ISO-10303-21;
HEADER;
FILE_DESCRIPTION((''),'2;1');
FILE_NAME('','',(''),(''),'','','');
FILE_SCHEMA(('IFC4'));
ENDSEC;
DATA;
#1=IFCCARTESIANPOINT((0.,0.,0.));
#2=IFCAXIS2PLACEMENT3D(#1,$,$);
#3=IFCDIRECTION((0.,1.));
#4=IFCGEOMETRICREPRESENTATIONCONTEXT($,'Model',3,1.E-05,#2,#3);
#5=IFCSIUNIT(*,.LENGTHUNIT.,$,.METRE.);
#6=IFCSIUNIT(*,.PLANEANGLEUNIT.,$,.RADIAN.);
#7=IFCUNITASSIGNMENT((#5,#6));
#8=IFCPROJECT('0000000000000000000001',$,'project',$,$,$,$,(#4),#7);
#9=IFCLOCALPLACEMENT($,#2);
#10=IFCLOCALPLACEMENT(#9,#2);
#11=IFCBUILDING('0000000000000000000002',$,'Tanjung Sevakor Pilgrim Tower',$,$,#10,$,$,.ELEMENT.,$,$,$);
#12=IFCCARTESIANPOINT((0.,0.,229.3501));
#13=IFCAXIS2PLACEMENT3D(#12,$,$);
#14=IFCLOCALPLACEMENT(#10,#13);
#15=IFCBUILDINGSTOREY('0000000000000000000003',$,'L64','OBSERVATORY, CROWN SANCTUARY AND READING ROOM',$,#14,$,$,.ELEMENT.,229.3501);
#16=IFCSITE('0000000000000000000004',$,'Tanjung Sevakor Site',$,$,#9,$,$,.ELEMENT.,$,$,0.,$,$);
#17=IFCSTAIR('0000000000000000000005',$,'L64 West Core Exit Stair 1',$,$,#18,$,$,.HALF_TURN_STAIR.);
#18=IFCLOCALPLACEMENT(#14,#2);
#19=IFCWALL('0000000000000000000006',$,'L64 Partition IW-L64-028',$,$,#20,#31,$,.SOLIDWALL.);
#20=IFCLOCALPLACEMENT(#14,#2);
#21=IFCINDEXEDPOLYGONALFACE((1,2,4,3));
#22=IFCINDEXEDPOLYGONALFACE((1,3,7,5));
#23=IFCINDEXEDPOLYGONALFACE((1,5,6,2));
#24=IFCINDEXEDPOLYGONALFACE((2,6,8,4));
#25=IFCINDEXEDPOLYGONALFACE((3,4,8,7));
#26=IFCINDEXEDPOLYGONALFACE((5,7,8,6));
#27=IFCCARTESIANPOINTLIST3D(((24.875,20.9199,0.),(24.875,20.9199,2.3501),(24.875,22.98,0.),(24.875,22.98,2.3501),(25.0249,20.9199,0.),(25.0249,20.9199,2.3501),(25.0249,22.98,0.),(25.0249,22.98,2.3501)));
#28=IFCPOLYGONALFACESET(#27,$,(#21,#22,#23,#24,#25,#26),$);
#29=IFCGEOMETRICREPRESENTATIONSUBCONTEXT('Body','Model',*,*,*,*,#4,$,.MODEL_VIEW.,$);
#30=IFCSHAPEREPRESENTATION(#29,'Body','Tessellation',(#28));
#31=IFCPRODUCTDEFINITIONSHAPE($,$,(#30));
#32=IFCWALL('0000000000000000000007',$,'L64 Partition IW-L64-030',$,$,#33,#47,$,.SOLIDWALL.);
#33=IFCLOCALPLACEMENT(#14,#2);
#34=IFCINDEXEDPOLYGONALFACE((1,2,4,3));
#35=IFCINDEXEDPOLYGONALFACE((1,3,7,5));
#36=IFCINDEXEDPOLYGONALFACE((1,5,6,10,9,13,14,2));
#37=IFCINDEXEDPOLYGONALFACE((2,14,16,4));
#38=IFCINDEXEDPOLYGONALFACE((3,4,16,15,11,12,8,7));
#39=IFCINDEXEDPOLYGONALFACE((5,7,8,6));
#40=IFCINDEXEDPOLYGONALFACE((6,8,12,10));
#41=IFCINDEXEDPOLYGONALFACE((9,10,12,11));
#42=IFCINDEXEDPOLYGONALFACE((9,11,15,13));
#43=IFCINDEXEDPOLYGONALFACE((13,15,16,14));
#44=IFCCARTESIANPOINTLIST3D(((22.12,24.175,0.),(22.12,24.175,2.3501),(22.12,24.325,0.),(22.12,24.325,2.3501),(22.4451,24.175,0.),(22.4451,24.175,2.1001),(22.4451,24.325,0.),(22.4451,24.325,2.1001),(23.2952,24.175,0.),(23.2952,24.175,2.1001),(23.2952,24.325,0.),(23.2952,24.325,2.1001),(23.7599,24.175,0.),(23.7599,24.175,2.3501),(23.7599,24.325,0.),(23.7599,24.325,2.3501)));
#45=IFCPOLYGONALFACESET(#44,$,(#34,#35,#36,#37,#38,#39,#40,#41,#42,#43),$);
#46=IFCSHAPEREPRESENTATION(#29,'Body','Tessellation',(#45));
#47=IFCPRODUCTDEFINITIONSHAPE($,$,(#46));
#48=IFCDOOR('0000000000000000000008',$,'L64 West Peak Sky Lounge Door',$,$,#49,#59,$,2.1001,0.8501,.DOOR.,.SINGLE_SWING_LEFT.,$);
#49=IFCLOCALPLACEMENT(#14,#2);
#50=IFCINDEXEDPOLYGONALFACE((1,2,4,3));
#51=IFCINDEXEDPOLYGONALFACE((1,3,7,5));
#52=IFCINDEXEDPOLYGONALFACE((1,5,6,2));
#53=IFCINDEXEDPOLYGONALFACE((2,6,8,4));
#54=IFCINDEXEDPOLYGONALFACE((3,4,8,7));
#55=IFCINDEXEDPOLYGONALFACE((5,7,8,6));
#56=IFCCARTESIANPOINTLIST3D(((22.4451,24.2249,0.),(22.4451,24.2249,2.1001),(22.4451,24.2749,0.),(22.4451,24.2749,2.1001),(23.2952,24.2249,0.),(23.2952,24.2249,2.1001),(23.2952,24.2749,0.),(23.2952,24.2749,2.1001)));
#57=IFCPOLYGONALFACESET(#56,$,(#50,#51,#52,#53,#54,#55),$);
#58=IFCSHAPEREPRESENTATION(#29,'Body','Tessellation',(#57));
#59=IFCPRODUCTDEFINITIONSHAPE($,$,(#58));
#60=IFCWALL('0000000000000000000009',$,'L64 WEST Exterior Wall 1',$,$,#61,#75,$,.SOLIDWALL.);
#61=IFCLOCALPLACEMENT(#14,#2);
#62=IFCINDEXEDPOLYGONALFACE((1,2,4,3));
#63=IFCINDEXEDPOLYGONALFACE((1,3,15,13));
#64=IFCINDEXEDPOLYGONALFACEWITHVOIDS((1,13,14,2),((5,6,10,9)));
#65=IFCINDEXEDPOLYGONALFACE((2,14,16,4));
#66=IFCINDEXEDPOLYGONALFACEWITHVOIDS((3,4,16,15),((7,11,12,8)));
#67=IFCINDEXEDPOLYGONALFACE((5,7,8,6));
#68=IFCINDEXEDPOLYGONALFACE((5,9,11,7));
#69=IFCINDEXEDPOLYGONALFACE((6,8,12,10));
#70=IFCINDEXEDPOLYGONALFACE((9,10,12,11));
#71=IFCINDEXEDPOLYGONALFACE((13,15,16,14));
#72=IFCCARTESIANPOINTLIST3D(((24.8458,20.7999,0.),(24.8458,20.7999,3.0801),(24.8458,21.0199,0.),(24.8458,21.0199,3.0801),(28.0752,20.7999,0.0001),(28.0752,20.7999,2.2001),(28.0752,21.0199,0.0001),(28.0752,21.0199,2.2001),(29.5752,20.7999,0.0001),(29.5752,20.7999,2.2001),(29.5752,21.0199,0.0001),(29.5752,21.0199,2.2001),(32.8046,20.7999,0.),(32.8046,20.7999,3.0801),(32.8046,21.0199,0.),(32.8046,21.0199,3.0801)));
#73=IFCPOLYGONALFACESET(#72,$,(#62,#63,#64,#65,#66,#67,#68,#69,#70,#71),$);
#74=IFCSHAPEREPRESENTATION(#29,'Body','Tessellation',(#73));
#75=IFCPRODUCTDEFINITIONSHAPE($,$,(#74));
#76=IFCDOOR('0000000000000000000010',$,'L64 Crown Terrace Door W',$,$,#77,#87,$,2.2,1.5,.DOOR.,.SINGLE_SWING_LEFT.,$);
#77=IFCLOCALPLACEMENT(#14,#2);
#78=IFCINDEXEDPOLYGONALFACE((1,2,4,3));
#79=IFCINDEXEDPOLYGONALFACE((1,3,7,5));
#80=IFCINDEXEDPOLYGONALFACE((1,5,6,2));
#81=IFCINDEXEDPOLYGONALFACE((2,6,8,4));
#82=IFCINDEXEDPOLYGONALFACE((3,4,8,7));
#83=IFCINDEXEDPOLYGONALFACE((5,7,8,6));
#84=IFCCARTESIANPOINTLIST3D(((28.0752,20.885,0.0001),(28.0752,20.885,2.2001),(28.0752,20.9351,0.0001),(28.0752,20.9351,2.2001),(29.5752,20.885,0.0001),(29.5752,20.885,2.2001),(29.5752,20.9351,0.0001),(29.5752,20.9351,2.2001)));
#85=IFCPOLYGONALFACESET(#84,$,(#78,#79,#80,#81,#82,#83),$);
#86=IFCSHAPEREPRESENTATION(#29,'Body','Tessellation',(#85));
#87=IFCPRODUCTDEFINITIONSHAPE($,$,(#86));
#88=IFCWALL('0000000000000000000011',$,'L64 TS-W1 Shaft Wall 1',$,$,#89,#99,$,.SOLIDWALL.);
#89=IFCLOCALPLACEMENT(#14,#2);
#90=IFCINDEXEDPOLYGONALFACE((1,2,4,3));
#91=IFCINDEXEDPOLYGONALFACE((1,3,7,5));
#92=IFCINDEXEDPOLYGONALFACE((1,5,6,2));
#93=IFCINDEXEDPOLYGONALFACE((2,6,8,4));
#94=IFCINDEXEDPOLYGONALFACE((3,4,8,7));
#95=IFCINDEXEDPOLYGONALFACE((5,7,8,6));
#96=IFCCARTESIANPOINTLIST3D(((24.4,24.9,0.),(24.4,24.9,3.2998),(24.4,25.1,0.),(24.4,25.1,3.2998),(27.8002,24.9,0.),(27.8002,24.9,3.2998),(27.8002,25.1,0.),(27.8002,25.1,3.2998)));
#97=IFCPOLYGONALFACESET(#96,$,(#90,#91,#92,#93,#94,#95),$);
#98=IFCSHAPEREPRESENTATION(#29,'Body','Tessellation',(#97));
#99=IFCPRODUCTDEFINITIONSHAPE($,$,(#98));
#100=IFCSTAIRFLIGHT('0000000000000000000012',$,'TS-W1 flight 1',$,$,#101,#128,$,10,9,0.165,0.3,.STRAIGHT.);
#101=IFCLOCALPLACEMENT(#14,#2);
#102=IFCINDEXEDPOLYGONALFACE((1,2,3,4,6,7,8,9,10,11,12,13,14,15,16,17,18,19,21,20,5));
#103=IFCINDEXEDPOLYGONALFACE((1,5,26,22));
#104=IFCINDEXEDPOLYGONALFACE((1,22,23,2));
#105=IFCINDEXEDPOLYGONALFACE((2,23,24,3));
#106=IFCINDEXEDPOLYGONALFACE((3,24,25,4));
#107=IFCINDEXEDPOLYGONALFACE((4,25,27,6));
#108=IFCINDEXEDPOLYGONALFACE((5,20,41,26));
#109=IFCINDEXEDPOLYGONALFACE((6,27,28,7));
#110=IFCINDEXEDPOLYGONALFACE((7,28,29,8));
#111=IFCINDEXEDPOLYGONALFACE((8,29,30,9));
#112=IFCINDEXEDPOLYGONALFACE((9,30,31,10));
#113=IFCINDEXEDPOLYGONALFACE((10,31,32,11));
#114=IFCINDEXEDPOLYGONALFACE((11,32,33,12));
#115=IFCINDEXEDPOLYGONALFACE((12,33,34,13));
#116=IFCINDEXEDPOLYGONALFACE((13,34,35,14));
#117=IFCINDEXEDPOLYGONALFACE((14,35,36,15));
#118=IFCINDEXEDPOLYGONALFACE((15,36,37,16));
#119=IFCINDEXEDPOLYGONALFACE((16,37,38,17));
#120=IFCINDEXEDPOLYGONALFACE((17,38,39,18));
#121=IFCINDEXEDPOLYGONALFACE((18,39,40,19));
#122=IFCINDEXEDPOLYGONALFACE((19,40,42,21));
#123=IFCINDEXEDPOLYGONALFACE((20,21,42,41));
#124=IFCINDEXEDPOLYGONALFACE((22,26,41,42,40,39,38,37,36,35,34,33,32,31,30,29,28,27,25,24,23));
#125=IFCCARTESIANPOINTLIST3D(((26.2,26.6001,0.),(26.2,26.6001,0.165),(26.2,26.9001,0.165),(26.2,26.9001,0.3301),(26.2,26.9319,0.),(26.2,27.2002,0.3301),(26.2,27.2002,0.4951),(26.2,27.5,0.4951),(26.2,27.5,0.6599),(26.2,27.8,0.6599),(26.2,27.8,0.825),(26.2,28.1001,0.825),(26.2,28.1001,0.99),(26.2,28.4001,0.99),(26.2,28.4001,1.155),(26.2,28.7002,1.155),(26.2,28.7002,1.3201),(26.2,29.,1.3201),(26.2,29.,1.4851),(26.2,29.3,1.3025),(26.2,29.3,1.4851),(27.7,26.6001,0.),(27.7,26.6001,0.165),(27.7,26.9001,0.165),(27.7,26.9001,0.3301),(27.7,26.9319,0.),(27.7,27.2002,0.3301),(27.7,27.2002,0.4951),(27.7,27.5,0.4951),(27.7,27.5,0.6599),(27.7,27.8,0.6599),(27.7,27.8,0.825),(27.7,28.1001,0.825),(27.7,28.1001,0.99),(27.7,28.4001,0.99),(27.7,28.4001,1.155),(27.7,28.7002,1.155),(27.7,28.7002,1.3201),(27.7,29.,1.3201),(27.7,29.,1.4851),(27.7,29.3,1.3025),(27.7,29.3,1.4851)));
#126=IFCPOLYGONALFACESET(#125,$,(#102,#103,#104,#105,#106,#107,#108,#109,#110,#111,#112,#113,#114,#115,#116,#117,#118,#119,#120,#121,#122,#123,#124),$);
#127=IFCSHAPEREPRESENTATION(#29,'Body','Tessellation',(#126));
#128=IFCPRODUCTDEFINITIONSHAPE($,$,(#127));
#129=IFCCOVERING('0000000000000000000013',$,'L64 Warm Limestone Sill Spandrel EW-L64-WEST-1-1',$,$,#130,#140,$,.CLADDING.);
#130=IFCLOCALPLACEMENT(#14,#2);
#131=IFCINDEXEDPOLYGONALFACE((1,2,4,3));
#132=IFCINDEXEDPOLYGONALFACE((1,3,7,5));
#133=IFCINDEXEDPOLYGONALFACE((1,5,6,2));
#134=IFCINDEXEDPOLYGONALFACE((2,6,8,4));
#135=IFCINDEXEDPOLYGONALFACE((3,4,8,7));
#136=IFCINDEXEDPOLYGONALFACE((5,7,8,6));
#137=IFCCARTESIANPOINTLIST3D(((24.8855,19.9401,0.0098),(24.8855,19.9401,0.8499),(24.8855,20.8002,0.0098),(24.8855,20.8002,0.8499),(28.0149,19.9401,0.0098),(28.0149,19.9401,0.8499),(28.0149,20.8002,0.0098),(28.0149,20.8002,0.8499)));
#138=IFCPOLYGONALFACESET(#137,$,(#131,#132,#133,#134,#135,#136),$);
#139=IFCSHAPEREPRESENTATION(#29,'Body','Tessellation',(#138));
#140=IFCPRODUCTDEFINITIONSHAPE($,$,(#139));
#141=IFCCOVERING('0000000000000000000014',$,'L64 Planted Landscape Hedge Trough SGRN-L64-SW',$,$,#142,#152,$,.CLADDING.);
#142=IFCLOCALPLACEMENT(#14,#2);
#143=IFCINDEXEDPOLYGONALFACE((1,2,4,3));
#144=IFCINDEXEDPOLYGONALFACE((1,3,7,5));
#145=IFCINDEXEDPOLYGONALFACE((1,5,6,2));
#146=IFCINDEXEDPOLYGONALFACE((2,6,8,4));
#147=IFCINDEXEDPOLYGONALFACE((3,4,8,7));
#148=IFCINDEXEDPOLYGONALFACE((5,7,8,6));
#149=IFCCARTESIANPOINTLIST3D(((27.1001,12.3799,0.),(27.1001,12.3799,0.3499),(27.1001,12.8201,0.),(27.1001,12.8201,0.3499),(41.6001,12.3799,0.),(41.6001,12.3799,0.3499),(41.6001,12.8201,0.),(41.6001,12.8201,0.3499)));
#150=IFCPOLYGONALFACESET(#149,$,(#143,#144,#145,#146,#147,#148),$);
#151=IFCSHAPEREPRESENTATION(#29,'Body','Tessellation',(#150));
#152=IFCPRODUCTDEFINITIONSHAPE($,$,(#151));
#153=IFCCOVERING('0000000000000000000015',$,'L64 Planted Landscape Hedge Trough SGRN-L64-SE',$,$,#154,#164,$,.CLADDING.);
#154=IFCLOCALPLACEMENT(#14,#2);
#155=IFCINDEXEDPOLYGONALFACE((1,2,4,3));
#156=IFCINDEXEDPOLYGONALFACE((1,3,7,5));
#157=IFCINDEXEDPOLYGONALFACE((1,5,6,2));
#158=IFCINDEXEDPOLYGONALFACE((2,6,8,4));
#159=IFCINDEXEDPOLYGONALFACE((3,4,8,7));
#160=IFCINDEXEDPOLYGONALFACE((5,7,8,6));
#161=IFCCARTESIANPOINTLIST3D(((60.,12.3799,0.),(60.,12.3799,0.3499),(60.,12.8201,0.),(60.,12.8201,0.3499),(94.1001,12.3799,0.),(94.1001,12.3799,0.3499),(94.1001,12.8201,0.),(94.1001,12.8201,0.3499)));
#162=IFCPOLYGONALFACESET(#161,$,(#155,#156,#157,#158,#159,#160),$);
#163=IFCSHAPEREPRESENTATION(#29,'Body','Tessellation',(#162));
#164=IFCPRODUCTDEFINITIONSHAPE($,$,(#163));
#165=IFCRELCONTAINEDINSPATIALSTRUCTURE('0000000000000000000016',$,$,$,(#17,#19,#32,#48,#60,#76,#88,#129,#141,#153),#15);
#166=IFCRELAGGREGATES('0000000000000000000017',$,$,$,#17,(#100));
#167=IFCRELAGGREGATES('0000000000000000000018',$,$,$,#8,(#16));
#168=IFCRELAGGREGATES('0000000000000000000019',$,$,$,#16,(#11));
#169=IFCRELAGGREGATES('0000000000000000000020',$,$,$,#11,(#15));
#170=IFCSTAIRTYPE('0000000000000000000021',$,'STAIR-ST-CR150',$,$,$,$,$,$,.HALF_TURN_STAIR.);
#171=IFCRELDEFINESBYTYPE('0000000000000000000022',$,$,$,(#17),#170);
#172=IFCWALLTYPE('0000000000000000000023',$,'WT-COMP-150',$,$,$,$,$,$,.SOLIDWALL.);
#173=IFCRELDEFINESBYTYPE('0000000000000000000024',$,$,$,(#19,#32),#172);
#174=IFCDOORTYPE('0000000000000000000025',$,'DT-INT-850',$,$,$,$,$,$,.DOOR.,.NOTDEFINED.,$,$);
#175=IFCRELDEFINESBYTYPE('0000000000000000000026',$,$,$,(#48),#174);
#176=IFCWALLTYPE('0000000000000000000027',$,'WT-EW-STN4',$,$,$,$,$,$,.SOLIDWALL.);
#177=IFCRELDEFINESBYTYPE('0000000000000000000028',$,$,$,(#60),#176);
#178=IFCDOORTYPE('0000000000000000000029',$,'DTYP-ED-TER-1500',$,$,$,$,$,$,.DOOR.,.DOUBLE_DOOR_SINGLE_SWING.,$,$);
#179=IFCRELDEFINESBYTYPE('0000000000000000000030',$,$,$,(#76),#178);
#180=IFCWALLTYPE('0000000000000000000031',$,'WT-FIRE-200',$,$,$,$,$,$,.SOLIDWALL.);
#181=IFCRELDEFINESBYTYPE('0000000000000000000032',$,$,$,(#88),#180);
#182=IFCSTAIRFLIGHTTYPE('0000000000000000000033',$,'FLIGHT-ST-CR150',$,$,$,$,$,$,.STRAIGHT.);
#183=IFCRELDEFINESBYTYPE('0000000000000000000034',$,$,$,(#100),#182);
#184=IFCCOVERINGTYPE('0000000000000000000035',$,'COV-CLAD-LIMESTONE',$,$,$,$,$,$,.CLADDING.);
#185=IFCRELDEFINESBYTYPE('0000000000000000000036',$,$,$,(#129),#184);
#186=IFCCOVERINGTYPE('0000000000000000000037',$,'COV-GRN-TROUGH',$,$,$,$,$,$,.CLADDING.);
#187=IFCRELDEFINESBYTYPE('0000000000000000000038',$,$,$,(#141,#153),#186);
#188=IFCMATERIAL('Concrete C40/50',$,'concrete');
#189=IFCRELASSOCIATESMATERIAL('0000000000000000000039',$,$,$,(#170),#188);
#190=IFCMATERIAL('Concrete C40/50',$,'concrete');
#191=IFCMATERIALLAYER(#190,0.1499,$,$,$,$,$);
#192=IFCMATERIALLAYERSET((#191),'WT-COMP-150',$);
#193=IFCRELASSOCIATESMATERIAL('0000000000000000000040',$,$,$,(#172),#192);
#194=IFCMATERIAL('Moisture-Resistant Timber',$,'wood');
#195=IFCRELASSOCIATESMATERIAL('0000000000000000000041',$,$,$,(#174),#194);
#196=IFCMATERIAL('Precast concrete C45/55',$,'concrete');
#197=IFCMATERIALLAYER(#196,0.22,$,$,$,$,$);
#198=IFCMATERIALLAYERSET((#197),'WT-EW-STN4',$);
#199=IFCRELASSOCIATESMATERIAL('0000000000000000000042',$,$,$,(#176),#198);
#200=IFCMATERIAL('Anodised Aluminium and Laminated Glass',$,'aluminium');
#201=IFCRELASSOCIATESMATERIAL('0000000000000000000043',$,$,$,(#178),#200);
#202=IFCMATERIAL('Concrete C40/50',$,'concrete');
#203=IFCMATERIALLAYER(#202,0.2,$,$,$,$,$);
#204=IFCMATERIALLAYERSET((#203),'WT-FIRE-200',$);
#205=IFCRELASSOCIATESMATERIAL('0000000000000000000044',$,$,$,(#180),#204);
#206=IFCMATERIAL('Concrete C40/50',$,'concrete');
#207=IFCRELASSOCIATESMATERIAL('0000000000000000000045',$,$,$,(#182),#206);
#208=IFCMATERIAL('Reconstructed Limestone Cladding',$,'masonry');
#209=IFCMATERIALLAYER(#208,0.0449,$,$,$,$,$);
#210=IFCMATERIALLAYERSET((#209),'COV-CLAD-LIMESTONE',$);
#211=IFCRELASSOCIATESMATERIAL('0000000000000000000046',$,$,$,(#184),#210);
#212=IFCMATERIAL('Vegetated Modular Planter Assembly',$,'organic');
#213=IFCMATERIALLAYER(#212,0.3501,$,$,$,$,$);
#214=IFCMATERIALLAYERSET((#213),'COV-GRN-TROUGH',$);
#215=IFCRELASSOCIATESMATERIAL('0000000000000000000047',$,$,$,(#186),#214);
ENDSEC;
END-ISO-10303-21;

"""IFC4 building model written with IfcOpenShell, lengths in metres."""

from ifc_helpers import new_model, si_unit, direction, frame, frame_2d, origin, origin_2d, place, context, subcontext, project, spatial, polyline, rectangle, outline, extrude, material, layer, layer_set, type_object, element, fill, aggregate, save


model = new_model("IFC4")

# Units and contexts
model_context = context("Model", 3, precision=1e-05, world=origin(), true_north=direction((0.0, 1.0)))
body_context = subcontext(model_context, "Body", "Model", "MODEL_VIEW")
ifc_project = project(units=[si_unit("LENGTHUNIT", "METRE"), si_unit("PLANEANGLEUNIT", "RADIAN")], contexts=[model_context])

# Site, building, storey
site_placement = place(None, origin())
site = spatial("IfcSite", under=ifc_project, at=site_placement, Name="Tanjung Sevakor Site", CompositionType="ELEMENT", RefElevation=0.0)
building_placement = place(site_placement, origin())
building = spatial("IfcBuilding", under=site, at=building_placement, Name="Tanjung Sevakor Pilgrim Tower", CompositionType="ELEMENT")
storey_placement = place(building_placement, frame((0.0, 0.0, 229.3501)))
storey = spatial("IfcBuildingStorey", under=building, at=storey_placement, Name="L64", Description="OBSERVATORY, CROWN SANCTUARY AND READING ROOM", CompositionType="ELEMENT", Elevation=229.3501)

# Stair
ifc_material_1 = material(Name="Concrete C40/50", Category="concrete")
stair_type = type_object("IfcStairType", Name="STAIR-ST-CR150", PredefinedType="HALF_TURN_STAIR", material=ifc_material_1)
stair_1_placement = place(storey_placement, origin())
stair_1 = element("IfcStair", 1, at=stair_1_placement, inside=storey, type_object=stair_type, Name="L64 West Core Exit Stair 1", PredefinedType="HALF_TURN_STAIR")

# Shared definitions
ifc_material_2 = material(Name="Concrete C40/50", Category="concrete")
ifc_layer_1 = layer(ifc_material_2, 0.1499)
ifc_layer_set_1 = layer_set([ifc_layer_1], Name="WT-COMP-150")
wall_type_1 = type_object("IfcWallType", Name="WT-COMP-150", PredefinedType="SOLIDWALL", material=ifc_layer_set_1)
ifc_material_3 = material(Name="Moisture-Resistant Timber", Category="wood")
door_type_1 = type_object("IfcDoorType", Name="DT-INT-850", OperationType="NOTDEFINED", PredefinedType="DOOR", material=ifc_material_3)

# Wall
wall_1_placement = place(storey_placement, frame((24.95, 20.9199, 0.0), z_axis=(0.0, 0.0, 1.0), x_axis=(0.0, 1.0, 0.0)))
element("IfcWall", 2, at=wall_1_placement, inside=storey, type_object=wall_type_1, Name="L64 Partition IW-L64-028", PredefinedType="SOLIDWALL", context=body_context, shape_type="SweptSolid", body=[
    extrude(rectangle(XDim=2.0601, YDim=0.1499, at=frame_2d((1.03, 0.0))), origin(), (0.0, 0.0, 1.0), 2.3501),
])

# Walls, openings, doors
wall_2_placement = place(storey_placement, frame((22.1201, 24.25, 0.0), z_axis=(0.0, 0.0, 1.0), x_axis=(1.0, 0.0, 0.0)))
wall_2 = element("IfcWall", 3, at=wall_2_placement, inside=storey, type_object=wall_type_1, Name="L64 Partition IW-L64-030", PredefinedType="SOLIDWALL", context=body_context, shape_type="SweptSolid", body=[
    extrude(rectangle(XDim=1.6399, YDim=0.1499, at=frame_2d((0.8198, 0.0))), origin(), (0.0, 0.0, 1.0), 2.3501),
])
opening_1_placement = place(wall_2_placement, frame((0.325, 0.0, 0.0)))
opening_1 = element("IfcOpeningElement", 4, at=opening_1_placement, cuts=wall_2, PredefinedType="OPENING", context=body_context, shape_type="SweptSolid", body=[
    extrude(rectangle(XDim=0.8501, YDim=2.1001, at=frame_2d((0.425, 1.05))), frame((0.0, 0.085, 0.0), z_axis=(0.0, -1.0, 0.0), x_axis=(1.0, 0.0, 0.0)), (0.0, 0.0, 1.0), 0.1699),
])
door_1_placement = place(opening_1_placement, origin())
door_1 = element("IfcDoor", 5, at=door_1_placement, inside=storey, type_object=door_type_1, Name="L64 West Peak Sky Lounge Door", OperationType="SINGLE_SWING_LEFT", OverallHeight=2.1001, OverallWidth=0.8501, PredefinedType="DOOR", context=body_context, shape_type="SweptSolid", body=[
    extrude(rectangle(XDim=0.8501, YDim=2.1001, at=frame_2d((0.425, 1.05))), frame((0.0, 0.0249, 0.0), z_axis=(0.0, -1.0, 0.0), x_axis=(1.0, 0.0, 0.0)), (0.0, 0.0, 1.0), 0.05),
])
fill(opening_1, door_1)
ifc_material_4 = material(Name="Precast concrete C45/55", Category="concrete")
ifc_layer_2 = layer(ifc_material_4, 0.22)
ifc_layer_set_2 = layer_set([ifc_layer_2], Name="WT-EW-STN4")
wall_type_2 = type_object("IfcWallType", Name="WT-EW-STN4", PredefinedType="SOLIDWALL", material=ifc_layer_set_2)
wall_3_placement = place(storey_placement, frame((24.8457, 20.9099, 0.0), z_axis=(0.0, 0.0, 1.0), x_axis=(1.0, 0.0, 0.0)))
wall_3 = element("IfcWall", 6, at=wall_3_placement, inside=storey, type_object=wall_type_2, Name="L64 WEST Exterior Wall 1", PredefinedType="SOLIDWALL", context=body_context, shape_type="SweptSolid", body=[
    extrude(rectangle(XDim=7.9587, YDim=0.22, at=frame_2d((3.9795, 0.0))), origin(), (0.0, 0.0, 1.0), 3.0801),
])
opening_2_placement = place(wall_3_placement, frame((3.2295, 0.0, 0.0)))
opening_2 = element("IfcOpeningElement", 7, at=opening_2_placement, cuts=wall_3, PredefinedType="OPENING", context=body_context, shape_type="SweptSolid", body=[
    extrude(rectangle(XDim=1.5, YDim=2.2, at=frame_2d((0.75, 1.1001))), frame((0.0, 0.1199, 0.0), z_axis=(0.0, -1.0, 0.0), x_axis=(1.0, 0.0, 0.0)), (0.0, 0.0, 1.0), 0.24),
])
ifc_material_5 = material(Name="Anodised Aluminium and Laminated Glass", Category="aluminium")
door_type_2 = type_object("IfcDoorType", Name="DTYP-ED-TER-1500", OperationType="DOUBLE_DOOR_SINGLE_SWING", PredefinedType="DOOR", material=ifc_material_5)
door_2_placement = place(opening_2_placement, frame((1.5, 0.0, 0.0), z_axis=(0.0, 0.0, 1.0), x_axis=(-1.0, 0.0, 0.0)))
door_2 = element("IfcDoor", 8, at=door_2_placement, inside=storey, type_object=door_type_2, Name="L64 Crown Terrace Door W", OperationType="SINGLE_SWING_LEFT", OverallHeight=2.2, OverallWidth=1.5, PredefinedType="DOOR", context=body_context, shape_type="SweptSolid", body=[
    extrude(rectangle(XDim=1.5, YDim=2.2, at=frame_2d((0.75, 1.1001))), frame((0.0, 0.0249, 0.0), z_axis=(0.0, -1.0, 0.0), x_axis=(1.0, 0.0, 0.0)), (0.0, 0.0, 1.0), 0.05),
])
fill(opening_2, door_2)

# Wall
ifc_material_6 = material(Name="Concrete C40/50", Category="concrete")
ifc_layer_3 = layer(ifc_material_6, 0.2)
ifc_layer_set_3 = layer_set([ifc_layer_3], Name="WT-FIRE-200")
wall_type_3 = type_object("IfcWallType", Name="WT-FIRE-200", PredefinedType="SOLIDWALL", material=ifc_layer_set_3)
wall_4_placement = place(storey_placement, frame((24.3999, 25.0, 0.0), z_axis=(0.0, 0.0, 1.0), x_axis=(1.0, 0.0, 0.0)))
element("IfcWall", 9, at=wall_4_placement, inside=storey, type_object=wall_type_3, Name="L64 TS-W1 Shaft Wall 1", PredefinedType="SOLIDWALL", context=body_context, shape_type="SweptSolid", body=[
    extrude(rectangle(XDim=3.4001, YDim=0.2, at=frame_2d((1.7002, 0.0))), origin(), (0.0, 0.0, 1.0), 3.2998),
])

# Stair flight
ifc_material_7 = material(Name="Concrete C40/50", Category="concrete")
stair_flight_type = type_object("IfcStairFlightType", Name="FLIGHT-ST-CR150", PredefinedType="STRAIGHT", material=ifc_material_7)
stair_flight_placement = place(storey_placement, frame((26.95, 26.6001, 0.0), z_axis=(0.0, 0.0, 1.0), x_axis=(0.0, 1.0, 0.0)))
stair_flight = element("IfcStairFlight", 10, at=stair_flight_placement, type_object=stair_flight_type, Name="TS-W1 flight 1", NumberOfRisers=10, NumberOfTreads=9, PredefinedType="STRAIGHT", RiserHeight=0.165, TreadLength=0.3, context=body_context, shape_type="SweptSolid", body=[
    extrude(outline(polyline([(0.0, 0.0), (0.0, 0.165), (0.3, 0.165), (0.3, 0.3301), (0.6001, 0.3301), (0.6001, 0.4951), (0.8999, 0.4951), (0.8999, 0.6599), (1.2, 0.6599), (1.2, 0.825), (1.5, 0.825), (1.5, 0.99), (1.8, 0.99), (1.8, 1.155), (2.1001, 1.155), (2.1001, 1.3201), (2.3999, 1.3201), (2.3999, 1.4851), (2.7, 1.4851), (2.7, 1.6499), (2.7, 1.3025), (0.3318, 0.0), (0.0, 0.0)])), frame((0.0, 0.75, 0.0), z_axis=(0.0, -1.0, 0.0), x_axis=(1.0, 0.0, 0.0)), (0.0, 0.0, 1.0), 1.5),
])
aggregate(stair_1, [stair_flight])

# Coverings
ifc_material_8 = material(Name="Reconstructed Limestone Cladding", Category="masonry")
ifc_layer_4 = layer(ifc_material_8, 0.0449)
ifc_layer_set_4 = layer_set([ifc_layer_4], Name="COV-CLAD-LIMESTONE")
covering_type_1 = type_object("IfcCoveringType", Name="COV-CLAD-LIMESTONE", PredefinedType="CLADDING", material=ifc_layer_set_4)
covering_1_placement = place(storey_placement, frame((26.4502, 20.3701, 0.0098), z_axis=(0.0, 0.0, 1.0), x_axis=(1.0, 0.0, 0.0)))
element("IfcCovering", 11, at=covering_1_placement, inside=storey, type_object=covering_type_1, Name="L64 Warm Limestone Sill Spandrel EW-L64-WEST-1-1", PredefinedType="CLADDING", context=body_context, shape_type="SweptSolid", body=[
    extrude(rectangle(XDim=3.1294, YDim=0.8601, at=origin_2d()), origin(), (0.0, 0.0, 1.0), 0.8401),
])
ifc_material_9 = material(Name="Vegetated Modular Planter Assembly", Category="organic")
ifc_layer_5 = layer(ifc_material_9, 0.3501)
ifc_layer_set_5 = layer_set([ifc_layer_5], Name="COV-GRN-TROUGH")
covering_type_2 = type_object("IfcCoveringType", Name="COV-GRN-TROUGH", PredefinedType="CLADDING", material=ifc_layer_set_5)
covering_2_placement = place(storey_placement, origin())
element("IfcCovering", 12, at=covering_2_placement, inside=storey, type_object=covering_type_2, Name="L64 Planted Landscape Hedge Trough SGRN-L64-SW", PredefinedType="CLADDING", context=body_context, shape_type="SweptSolid", body=[
    extrude(outline(polyline([(27.1001, 12.3799), (41.6001, 12.3799), (41.6001, 12.8201), (27.1001, 12.8201), (27.1001, 12.3799)])), origin(), (0.0, 0.0, 1.0), 0.3499),
])
covering_3_placement = place(storey_placement, origin())
element("IfcCovering", 13, at=covering_3_placement, inside=storey, type_object=covering_type_2, Name="L64 Planted Landscape Hedge Trough SGRN-L64-SE", PredefinedType="CLADDING", context=body_context, shape_type="SweptSolid", body=[
    extrude(outline(polyline([(60.0, 12.3799), (94.1001, 12.3799), (94.1001, 12.8201), (60.0, 12.8201), (60.0, 12.3799)])), origin(), (0.0, 0.0, 1.0), 0.3499),
])

save(model, "model.ifc")
